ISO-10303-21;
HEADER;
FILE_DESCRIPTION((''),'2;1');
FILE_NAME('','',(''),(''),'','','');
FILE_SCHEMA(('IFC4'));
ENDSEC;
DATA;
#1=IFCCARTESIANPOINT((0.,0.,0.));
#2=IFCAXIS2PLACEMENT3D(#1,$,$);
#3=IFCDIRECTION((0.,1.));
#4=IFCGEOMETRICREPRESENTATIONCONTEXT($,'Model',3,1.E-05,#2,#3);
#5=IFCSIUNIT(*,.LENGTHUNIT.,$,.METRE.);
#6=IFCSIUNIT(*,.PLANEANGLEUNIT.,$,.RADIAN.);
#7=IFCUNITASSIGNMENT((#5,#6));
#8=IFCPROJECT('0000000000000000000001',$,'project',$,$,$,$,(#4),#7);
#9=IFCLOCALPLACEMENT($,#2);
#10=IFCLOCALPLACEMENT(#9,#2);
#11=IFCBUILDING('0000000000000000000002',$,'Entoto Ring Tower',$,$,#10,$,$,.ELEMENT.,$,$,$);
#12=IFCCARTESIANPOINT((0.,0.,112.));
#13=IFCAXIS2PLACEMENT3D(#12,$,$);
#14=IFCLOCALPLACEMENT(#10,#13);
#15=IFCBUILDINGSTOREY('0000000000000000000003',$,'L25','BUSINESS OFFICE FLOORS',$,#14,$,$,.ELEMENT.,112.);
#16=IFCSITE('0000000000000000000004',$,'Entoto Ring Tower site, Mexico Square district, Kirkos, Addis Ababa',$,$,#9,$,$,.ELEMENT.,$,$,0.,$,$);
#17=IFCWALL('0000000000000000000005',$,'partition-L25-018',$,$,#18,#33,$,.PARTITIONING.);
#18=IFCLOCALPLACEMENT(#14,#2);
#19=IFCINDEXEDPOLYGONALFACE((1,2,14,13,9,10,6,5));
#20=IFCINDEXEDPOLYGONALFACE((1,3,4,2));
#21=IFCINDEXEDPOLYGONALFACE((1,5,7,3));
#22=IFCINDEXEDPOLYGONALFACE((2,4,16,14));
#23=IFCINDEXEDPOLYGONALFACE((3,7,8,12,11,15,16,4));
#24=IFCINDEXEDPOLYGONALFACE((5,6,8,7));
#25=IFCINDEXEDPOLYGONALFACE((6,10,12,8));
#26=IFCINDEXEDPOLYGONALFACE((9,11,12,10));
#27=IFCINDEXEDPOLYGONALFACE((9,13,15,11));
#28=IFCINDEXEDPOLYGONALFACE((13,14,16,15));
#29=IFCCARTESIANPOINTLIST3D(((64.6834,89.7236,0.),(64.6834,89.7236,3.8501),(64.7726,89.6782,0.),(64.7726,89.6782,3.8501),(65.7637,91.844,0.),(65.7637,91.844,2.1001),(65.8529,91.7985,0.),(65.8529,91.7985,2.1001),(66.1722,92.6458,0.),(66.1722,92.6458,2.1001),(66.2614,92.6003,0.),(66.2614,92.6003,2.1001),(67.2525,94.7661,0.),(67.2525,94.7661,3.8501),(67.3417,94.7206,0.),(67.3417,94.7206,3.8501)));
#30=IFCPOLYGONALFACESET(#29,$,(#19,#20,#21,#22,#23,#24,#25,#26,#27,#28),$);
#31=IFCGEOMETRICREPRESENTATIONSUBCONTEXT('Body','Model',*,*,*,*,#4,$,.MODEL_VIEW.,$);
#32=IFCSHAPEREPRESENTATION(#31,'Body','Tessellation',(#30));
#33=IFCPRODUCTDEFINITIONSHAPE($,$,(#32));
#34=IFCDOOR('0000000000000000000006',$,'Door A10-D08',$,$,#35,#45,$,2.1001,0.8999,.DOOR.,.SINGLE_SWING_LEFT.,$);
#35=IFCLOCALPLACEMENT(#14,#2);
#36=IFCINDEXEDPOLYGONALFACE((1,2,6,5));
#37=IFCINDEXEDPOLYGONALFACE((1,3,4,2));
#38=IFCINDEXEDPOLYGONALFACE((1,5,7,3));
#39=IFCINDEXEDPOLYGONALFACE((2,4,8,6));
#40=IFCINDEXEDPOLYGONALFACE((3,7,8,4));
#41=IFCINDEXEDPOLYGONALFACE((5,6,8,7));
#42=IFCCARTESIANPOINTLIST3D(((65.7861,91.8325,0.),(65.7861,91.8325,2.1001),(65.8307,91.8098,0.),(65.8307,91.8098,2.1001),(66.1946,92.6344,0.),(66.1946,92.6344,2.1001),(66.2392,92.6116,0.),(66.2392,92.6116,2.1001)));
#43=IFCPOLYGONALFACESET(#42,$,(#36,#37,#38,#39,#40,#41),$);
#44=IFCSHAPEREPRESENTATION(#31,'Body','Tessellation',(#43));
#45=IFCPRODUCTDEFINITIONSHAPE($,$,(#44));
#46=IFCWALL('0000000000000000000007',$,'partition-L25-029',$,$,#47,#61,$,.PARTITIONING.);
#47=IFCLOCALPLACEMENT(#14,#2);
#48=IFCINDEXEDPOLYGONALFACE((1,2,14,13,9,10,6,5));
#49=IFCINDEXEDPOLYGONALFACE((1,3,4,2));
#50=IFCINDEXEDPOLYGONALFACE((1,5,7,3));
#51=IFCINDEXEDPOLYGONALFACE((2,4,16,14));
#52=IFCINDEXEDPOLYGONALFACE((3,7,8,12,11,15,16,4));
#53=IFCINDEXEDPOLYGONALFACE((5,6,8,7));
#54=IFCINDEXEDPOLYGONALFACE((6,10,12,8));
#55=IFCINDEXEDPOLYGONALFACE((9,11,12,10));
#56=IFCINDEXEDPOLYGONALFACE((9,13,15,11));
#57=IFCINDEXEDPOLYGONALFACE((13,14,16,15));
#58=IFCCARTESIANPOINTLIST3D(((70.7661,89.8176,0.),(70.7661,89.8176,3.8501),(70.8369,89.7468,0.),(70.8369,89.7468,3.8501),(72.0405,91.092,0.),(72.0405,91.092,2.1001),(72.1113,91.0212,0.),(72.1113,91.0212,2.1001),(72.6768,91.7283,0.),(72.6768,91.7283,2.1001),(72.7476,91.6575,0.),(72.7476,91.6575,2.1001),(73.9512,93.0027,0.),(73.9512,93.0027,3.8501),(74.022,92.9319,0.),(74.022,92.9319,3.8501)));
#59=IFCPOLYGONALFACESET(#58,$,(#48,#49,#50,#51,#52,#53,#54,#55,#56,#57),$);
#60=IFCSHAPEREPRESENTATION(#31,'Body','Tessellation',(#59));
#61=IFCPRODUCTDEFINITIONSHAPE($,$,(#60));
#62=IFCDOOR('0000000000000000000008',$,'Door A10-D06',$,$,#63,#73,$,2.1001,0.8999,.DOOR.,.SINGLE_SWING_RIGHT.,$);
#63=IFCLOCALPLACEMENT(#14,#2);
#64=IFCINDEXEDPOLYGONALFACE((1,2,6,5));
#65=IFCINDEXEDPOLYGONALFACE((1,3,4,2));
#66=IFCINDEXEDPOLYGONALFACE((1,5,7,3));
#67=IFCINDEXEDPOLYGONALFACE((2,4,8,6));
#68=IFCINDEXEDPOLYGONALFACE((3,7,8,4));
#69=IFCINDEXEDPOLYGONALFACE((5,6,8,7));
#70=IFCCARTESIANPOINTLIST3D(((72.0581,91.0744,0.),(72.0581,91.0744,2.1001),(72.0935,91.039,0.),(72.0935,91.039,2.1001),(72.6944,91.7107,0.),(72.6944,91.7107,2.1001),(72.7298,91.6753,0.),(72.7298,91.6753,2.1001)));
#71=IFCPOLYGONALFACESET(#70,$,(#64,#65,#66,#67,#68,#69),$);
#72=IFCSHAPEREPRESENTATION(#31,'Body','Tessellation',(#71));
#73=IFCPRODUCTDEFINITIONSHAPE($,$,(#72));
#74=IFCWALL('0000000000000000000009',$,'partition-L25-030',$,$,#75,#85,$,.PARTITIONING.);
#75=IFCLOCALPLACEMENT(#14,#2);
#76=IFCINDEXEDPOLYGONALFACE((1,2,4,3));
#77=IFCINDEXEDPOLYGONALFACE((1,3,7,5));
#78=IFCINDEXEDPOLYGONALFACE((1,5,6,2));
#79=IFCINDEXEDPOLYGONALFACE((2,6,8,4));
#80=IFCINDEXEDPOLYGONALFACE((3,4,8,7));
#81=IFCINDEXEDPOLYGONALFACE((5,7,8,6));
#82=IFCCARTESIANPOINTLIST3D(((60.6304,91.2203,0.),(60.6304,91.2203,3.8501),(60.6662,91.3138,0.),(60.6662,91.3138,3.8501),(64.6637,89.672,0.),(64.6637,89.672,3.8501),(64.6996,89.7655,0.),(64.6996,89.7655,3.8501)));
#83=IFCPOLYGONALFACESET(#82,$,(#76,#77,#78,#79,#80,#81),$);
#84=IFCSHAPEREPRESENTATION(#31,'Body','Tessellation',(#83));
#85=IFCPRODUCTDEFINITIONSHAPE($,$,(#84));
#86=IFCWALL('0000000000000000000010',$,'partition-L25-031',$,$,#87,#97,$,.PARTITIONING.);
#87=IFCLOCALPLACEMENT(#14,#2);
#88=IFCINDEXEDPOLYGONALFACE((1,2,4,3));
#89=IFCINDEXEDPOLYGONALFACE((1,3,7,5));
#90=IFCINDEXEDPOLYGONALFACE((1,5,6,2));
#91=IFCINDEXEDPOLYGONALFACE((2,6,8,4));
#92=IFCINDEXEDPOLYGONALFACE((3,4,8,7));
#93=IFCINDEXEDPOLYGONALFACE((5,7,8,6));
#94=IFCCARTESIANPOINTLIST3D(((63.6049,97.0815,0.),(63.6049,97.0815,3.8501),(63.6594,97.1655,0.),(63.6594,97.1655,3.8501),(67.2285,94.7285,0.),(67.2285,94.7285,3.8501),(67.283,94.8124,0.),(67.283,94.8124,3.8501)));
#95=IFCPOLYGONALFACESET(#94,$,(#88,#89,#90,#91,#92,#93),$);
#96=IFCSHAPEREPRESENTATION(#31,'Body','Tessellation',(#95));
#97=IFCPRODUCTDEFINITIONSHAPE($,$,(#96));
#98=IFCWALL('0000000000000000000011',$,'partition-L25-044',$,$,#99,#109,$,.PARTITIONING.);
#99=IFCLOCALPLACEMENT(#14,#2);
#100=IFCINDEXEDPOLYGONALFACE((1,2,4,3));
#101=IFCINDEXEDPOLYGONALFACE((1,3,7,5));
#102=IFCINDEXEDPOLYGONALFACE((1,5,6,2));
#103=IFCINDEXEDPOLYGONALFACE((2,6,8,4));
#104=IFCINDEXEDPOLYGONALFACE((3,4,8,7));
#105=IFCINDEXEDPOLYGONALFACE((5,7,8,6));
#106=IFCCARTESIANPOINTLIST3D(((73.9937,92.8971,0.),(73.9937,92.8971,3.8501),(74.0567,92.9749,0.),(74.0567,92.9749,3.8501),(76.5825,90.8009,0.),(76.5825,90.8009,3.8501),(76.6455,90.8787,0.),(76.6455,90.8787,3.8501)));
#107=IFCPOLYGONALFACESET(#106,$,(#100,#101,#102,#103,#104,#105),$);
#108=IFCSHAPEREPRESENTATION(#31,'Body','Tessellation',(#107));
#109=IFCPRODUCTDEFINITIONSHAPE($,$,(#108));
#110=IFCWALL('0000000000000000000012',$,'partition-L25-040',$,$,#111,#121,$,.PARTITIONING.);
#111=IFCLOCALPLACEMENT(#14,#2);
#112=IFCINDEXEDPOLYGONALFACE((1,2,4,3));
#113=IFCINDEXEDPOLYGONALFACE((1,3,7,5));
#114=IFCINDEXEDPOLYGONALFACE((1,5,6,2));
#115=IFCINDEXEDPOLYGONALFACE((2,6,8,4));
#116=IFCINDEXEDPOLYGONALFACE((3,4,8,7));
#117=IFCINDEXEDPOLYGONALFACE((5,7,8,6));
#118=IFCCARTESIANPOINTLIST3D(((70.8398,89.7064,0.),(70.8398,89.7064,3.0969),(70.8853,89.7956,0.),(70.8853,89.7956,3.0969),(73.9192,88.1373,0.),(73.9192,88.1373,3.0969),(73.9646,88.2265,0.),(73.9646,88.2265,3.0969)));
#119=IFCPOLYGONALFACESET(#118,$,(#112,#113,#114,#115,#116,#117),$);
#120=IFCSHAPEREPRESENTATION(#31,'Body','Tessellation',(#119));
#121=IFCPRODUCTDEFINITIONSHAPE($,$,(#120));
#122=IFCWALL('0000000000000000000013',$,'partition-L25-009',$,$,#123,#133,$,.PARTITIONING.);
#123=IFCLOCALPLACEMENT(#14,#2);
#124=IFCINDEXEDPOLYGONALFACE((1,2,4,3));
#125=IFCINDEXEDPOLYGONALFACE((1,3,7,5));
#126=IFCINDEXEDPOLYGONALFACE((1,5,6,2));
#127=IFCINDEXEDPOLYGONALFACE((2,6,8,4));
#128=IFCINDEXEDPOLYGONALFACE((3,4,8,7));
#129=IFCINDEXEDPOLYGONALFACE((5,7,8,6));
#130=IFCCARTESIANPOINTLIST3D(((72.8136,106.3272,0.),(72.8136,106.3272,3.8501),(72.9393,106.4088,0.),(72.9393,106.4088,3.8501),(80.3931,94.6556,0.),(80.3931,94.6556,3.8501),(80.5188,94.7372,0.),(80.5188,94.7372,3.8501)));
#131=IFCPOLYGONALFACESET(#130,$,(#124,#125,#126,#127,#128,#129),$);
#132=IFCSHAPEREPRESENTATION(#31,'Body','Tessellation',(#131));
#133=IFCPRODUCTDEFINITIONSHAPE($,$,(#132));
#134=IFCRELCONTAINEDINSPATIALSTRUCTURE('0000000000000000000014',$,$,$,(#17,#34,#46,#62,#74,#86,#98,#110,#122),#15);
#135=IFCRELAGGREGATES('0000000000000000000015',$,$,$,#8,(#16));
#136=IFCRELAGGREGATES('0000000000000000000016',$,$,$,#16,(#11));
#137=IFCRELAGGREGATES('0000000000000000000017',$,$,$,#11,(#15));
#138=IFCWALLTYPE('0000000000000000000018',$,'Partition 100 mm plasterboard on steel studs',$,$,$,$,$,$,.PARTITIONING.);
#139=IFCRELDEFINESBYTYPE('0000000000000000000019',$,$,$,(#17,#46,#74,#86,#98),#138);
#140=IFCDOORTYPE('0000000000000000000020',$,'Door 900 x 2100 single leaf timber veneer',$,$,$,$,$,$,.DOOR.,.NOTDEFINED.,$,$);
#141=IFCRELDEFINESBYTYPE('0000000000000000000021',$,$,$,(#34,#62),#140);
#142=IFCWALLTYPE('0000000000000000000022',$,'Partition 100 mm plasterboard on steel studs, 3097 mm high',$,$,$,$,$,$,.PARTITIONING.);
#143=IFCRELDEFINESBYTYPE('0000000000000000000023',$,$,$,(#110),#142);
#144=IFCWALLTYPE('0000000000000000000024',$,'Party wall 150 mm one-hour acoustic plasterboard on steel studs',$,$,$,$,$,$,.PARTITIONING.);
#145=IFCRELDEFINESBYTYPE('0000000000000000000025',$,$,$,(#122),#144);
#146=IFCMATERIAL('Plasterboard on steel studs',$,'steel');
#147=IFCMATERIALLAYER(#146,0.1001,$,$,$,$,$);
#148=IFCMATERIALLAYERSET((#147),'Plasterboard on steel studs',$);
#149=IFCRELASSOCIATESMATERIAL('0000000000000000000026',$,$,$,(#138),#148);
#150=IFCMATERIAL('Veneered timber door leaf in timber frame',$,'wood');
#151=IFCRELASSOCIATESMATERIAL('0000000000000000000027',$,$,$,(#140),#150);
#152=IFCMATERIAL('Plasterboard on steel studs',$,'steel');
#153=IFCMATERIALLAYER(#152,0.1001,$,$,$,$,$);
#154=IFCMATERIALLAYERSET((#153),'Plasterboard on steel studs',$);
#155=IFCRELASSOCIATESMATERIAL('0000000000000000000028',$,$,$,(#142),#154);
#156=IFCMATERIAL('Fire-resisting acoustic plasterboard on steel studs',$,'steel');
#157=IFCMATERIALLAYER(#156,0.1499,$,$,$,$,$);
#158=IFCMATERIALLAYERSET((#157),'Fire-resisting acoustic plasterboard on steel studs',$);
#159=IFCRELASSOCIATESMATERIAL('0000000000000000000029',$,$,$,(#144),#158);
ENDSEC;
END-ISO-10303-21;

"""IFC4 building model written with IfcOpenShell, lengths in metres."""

from ifc_helpers import new_model, si_unit, direction, frame, frame_2d, origin, place, context, subcontext, project, spatial, rectangle, extrude, material, layer, layer_set, type_object, element, fill, save


model = new_model("IFC4")

# Units and contexts
model_context = context("Model", 3, precision=1e-05, world=origin(), true_north=direction((0.0, 1.0)))
body_context = subcontext(model_context, "Body", "Model", "MODEL_VIEW")
ifc_project = project(units=[si_unit("LENGTHUNIT", "METRE"), si_unit("PLANEANGLEUNIT", "RADIAN")], contexts=[model_context])

# Site, building, storey
site_placement = place(None, origin())
site = spatial("IfcSite", under=ifc_project, at=site_placement, Name="Entoto Ring Tower site, Mexico Square district, Kirkos, Addis Ababa", CompositionType="ELEMENT", RefElevation=0.0)
building_placement = place(site_placement, origin())
building = spatial("IfcBuilding", under=site, at=building_placement, Name="Entoto Ring Tower", CompositionType="ELEMENT")
storey_placement = place(building_placement, frame((0.0, 0.0, 112.0)))
storey = spatial("IfcBuildingStorey", under=building, at=storey_placement, Name="L25", Description="BUSINESS OFFICE FLOORS", CompositionType="ELEMENT", Elevation=112.0)

# Walls, openings, doors
ifc_material_1 = material(Name="Plasterboard on steel studs", Category="steel")
ifc_layer_1 = layer(ifc_material_1, 0.1001)
ifc_layer_set_1 = layer_set([ifc_layer_1], Name="Plasterboard on steel studs")
wall_type_1 = type_object("IfcWallType", Name="Partition 100 mm plasterboard on steel studs", PredefinedType="PARTITIONING", material=ifc_layer_set_1)
wall_1_placement = place(storey_placement, frame((64.728, 89.7009, 0.0), z_axis=(0.0, 0.0, 1.0), x_axis=(0.453965, 0.891019, 0.0)))
wall_1 = element("IfcWall", 1, at=wall_1_placement, inside=storey, type_object=wall_type_1, Name="partition-L25-018", PredefinedType="PARTITIONING", context=body_context, shape_type="SweptSolid", body=[
    extrude(rectangle(XDim=5.6592, YDim=0.1001, at=frame_2d((2.8296, 0.0))), origin(), (0.0, 0.0, 1.0), 3.8501),
])
opening_1_placement = place(wall_1_placement, frame((2.3796, 0.0, 0.0)))
opening_1 = element("IfcOpeningElement", 2, at=opening_1_placement, cuts=wall_1, PredefinedType="OPENING", context=body_context, shape_type="SweptSolid", body=[
    extrude(rectangle(XDim=0.8999, YDim=2.1001, at=frame_2d((0.45, 1.05))), frame((0.0, 0.0601, 0.0), z_axis=(0.0, -1.0, 0.0), x_axis=(1.0, 0.0, 0.0)), (0.0, 0.0, 1.0), 0.1201),
])
ifc_material_2 = material(Name="Veneered timber door leaf in timber frame", Category="wood")
door_type_1 = type_object("IfcDoorType", Name="Door 900 x 2100 single leaf timber veneer", OperationType="NOTDEFINED", PredefinedType="DOOR", material=ifc_material_2)
door_1_placement = place(opening_1_placement, origin())
door_1 = element("IfcDoor", 3, at=door_1_placement, inside=storey, type_object=door_type_1, Name="Door A10-D08", OperationType="SINGLE_SWING_LEFT", OverallHeight=2.1001, OverallWidth=0.8999, PredefinedType="DOOR", context=body_context, shape_type="SweptSolid", body=[
    extrude(rectangle(XDim=0.8999, YDim=2.1001, at=frame_2d((0.45, 1.05))), frame((0.0, 0.0249, 0.0), z_axis=(0.0, -1.0, 0.0), x_axis=(1.0, 0.0, 0.0)), (0.0, 0.0, 1.0), 0.05),
])
fill(opening_1, door_1)
wall_2_placement = place(storey_placement, frame((70.8015, 89.7822, 0.0), z_axis=(0.0, 0.0, 1.0), x_axis=(0.707107, 0.707107, 0.0)))
wall_2 = element("IfcWall", 4, at=wall_2_placement, inside=storey, type_object=wall_type_1, Name="partition-L25-029", PredefinedType="PARTITIONING", context=body_context, shape_type="SweptSolid", body=[
    extrude(rectangle(XDim=4.5044, YDim=0.1001, at=frame_2d((2.2522, 0.0))), origin(), (0.0, 0.0, 1.0), 3.8501),
])
opening_2_placement = place(wall_2_placement, frame((1.8022, 0.0, 0.0)))
opening_2 = element("IfcOpeningElement", 5, at=opening_2_placement, cuts=wall_2, PredefinedType="OPENING", context=body_context, shape_type="SweptSolid", body=[
    extrude(rectangle(XDim=0.8999, YDim=2.1001, at=frame_2d((0.45, 1.05))), frame((0.0, 0.0601, 0.0), z_axis=(0.0, -1.0, 0.0), x_axis=(1.0, 0.0, 0.0)), (0.0, 0.0, 1.0), 0.1201),
])
door_2_placement = place(opening_2_placement, frame((0.8999, 0.0, 0.0), z_axis=(0.0, 0.0, 1.0), x_axis=(-1.0, 0.0, 0.0)))
door_2 = element("IfcDoor", 6, at=door_2_placement, inside=storey, type_object=door_type_1, Name="Door A10-D06", OperationType="SINGLE_SWING_RIGHT", OverallHeight=2.1001, OverallWidth=0.8999, PredefinedType="DOOR", context=body_context, shape_type="SweptSolid", body=[
    extrude(rectangle(XDim=0.8999, YDim=2.1001, at=frame_2d((0.45, 1.05))), frame((0.0, 0.0249, 0.0), z_axis=(0.0, -1.0, 0.0), x_axis=(1.0, 0.0, 0.0)), (0.0, 0.0, 1.0), 0.05),
])
fill(opening_2, door_2)

# Walls
wall_3_placement = place(storey_placement, frame((64.6816, 89.7188, 0.0), z_axis=(0.0, 0.0, 1.0), x_axis=(-0.933577, 0.358377, 0.0)))
element("IfcWall", 7, at=wall_3_placement, inside=storey, type_object=wall_type_1, Name="partition-L25-030", PredefinedType="PARTITIONING", context=body_context, shape_type="SweptSolid", body=[
    extrude(rectangle(XDim=4.3203, YDim=0.1001, at=frame_2d((2.1602, 0.0))), origin(), (0.0, 0.0, 1.0), 3.8501),
])
wall_4_placement = place(storey_placement, frame((67.2556, 94.7705, 0.0), z_axis=(0.0, 0.0, 1.0), x_axis=(-0.838684, 0.544619, 0.0)))
element("IfcWall", 8, at=wall_4_placement, inside=storey, type_object=wall_type_1, Name="partition-L25-031", PredefinedType="PARTITIONING", context=body_context, shape_type="SweptSolid", body=[
    extrude(rectangle(XDim=4.3206, YDim=0.1001, at=frame_2d((2.1602, 0.0))), origin(), (0.0, 0.0, 1.0), 3.8501),
])
wall_5_placement = place(storey_placement, frame((76.614, 90.8398, 0.0), z_axis=(0.0, 0.0, 1.0), x_axis=(-0.77718, 0.629278, 0.0)))
element("IfcWall", 9, at=wall_5_placement, inside=storey, type_object=wall_type_1, Name="partition-L25-044", PredefinedType="PARTITIONING", context=body_context, shape_type="SweptSolid", body=[
    extrude(rectangle(XDim=3.3311, YDim=0.1001, at=frame_2d((1.6655, 0.0))), origin(), (0.0, 0.0, 1.0), 3.8501),
])
ifc_material_3 = material(Name="Plasterboard on steel studs", Category="steel")
ifc_layer_2 = layer(ifc_material_3, 0.1001)
ifc_layer_set_2 = layer_set([ifc_layer_2], Name="Plasterboard on steel studs")
wall_type_2 = type_object("IfcWallType", Name="Partition 100 mm plasterboard on steel studs, 3097 mm high", PredefinedType="PARTITIONING", material=ifc_layer_set_2)
wall_6_placement = place(storey_placement, frame((73.9419, 88.1819, 0.0), z_axis=(0.0, 0.0, 1.0), x_axis=(-0.890996, 0.45401, 0.0)))
element("IfcWall", 10, at=wall_6_placement, inside=storey, type_object=wall_type_2, Name="partition-L25-040", PredefinedType="PARTITIONING", context=body_context, shape_type="SweptSolid", body=[
    extrude(rectangle(XDim=3.4561, YDim=0.1001, at=frame_2d((1.728, 0.0))), origin(), (0.0, 0.0, 1.0), 3.0969),
])
ifc_material_4 = material(Name="Fire-resisting acoustic plasterboard on steel studs", Category="steel")
ifc_layer_3 = layer(ifc_material_4, 0.1499)
ifc_layer_set_3 = layer_set([ifc_layer_3], Name="Fire-resisting acoustic plasterboard on steel studs")
wall_type_3 = type_object("IfcWallType", Name="Party wall 150 mm one-hour acoustic plasterboard on steel studs", PredefinedType="PARTITIONING", material=ifc_layer_set_3)
wall_7_placement = place(storey_placement, frame((80.4561, 94.6963, 0.0), z_axis=(0.0, 0.0, 1.0), x_axis=(-0.544636, 0.838672, 0.0)))
element("IfcWall", 11, at=wall_7_placement, inside=storey, type_object=wall_type_3, Name="partition-L25-009", PredefinedType="PARTITIONING", context=body_context, shape_type="SweptSolid", body=[
    extrude(rectangle(XDim=13.9167, YDim=0.1499, at=frame_2d((6.9585, 0.0))), origin(), (0.0, 0.0, 1.0), 3.8501),
])

save(model, "model.ifc")
